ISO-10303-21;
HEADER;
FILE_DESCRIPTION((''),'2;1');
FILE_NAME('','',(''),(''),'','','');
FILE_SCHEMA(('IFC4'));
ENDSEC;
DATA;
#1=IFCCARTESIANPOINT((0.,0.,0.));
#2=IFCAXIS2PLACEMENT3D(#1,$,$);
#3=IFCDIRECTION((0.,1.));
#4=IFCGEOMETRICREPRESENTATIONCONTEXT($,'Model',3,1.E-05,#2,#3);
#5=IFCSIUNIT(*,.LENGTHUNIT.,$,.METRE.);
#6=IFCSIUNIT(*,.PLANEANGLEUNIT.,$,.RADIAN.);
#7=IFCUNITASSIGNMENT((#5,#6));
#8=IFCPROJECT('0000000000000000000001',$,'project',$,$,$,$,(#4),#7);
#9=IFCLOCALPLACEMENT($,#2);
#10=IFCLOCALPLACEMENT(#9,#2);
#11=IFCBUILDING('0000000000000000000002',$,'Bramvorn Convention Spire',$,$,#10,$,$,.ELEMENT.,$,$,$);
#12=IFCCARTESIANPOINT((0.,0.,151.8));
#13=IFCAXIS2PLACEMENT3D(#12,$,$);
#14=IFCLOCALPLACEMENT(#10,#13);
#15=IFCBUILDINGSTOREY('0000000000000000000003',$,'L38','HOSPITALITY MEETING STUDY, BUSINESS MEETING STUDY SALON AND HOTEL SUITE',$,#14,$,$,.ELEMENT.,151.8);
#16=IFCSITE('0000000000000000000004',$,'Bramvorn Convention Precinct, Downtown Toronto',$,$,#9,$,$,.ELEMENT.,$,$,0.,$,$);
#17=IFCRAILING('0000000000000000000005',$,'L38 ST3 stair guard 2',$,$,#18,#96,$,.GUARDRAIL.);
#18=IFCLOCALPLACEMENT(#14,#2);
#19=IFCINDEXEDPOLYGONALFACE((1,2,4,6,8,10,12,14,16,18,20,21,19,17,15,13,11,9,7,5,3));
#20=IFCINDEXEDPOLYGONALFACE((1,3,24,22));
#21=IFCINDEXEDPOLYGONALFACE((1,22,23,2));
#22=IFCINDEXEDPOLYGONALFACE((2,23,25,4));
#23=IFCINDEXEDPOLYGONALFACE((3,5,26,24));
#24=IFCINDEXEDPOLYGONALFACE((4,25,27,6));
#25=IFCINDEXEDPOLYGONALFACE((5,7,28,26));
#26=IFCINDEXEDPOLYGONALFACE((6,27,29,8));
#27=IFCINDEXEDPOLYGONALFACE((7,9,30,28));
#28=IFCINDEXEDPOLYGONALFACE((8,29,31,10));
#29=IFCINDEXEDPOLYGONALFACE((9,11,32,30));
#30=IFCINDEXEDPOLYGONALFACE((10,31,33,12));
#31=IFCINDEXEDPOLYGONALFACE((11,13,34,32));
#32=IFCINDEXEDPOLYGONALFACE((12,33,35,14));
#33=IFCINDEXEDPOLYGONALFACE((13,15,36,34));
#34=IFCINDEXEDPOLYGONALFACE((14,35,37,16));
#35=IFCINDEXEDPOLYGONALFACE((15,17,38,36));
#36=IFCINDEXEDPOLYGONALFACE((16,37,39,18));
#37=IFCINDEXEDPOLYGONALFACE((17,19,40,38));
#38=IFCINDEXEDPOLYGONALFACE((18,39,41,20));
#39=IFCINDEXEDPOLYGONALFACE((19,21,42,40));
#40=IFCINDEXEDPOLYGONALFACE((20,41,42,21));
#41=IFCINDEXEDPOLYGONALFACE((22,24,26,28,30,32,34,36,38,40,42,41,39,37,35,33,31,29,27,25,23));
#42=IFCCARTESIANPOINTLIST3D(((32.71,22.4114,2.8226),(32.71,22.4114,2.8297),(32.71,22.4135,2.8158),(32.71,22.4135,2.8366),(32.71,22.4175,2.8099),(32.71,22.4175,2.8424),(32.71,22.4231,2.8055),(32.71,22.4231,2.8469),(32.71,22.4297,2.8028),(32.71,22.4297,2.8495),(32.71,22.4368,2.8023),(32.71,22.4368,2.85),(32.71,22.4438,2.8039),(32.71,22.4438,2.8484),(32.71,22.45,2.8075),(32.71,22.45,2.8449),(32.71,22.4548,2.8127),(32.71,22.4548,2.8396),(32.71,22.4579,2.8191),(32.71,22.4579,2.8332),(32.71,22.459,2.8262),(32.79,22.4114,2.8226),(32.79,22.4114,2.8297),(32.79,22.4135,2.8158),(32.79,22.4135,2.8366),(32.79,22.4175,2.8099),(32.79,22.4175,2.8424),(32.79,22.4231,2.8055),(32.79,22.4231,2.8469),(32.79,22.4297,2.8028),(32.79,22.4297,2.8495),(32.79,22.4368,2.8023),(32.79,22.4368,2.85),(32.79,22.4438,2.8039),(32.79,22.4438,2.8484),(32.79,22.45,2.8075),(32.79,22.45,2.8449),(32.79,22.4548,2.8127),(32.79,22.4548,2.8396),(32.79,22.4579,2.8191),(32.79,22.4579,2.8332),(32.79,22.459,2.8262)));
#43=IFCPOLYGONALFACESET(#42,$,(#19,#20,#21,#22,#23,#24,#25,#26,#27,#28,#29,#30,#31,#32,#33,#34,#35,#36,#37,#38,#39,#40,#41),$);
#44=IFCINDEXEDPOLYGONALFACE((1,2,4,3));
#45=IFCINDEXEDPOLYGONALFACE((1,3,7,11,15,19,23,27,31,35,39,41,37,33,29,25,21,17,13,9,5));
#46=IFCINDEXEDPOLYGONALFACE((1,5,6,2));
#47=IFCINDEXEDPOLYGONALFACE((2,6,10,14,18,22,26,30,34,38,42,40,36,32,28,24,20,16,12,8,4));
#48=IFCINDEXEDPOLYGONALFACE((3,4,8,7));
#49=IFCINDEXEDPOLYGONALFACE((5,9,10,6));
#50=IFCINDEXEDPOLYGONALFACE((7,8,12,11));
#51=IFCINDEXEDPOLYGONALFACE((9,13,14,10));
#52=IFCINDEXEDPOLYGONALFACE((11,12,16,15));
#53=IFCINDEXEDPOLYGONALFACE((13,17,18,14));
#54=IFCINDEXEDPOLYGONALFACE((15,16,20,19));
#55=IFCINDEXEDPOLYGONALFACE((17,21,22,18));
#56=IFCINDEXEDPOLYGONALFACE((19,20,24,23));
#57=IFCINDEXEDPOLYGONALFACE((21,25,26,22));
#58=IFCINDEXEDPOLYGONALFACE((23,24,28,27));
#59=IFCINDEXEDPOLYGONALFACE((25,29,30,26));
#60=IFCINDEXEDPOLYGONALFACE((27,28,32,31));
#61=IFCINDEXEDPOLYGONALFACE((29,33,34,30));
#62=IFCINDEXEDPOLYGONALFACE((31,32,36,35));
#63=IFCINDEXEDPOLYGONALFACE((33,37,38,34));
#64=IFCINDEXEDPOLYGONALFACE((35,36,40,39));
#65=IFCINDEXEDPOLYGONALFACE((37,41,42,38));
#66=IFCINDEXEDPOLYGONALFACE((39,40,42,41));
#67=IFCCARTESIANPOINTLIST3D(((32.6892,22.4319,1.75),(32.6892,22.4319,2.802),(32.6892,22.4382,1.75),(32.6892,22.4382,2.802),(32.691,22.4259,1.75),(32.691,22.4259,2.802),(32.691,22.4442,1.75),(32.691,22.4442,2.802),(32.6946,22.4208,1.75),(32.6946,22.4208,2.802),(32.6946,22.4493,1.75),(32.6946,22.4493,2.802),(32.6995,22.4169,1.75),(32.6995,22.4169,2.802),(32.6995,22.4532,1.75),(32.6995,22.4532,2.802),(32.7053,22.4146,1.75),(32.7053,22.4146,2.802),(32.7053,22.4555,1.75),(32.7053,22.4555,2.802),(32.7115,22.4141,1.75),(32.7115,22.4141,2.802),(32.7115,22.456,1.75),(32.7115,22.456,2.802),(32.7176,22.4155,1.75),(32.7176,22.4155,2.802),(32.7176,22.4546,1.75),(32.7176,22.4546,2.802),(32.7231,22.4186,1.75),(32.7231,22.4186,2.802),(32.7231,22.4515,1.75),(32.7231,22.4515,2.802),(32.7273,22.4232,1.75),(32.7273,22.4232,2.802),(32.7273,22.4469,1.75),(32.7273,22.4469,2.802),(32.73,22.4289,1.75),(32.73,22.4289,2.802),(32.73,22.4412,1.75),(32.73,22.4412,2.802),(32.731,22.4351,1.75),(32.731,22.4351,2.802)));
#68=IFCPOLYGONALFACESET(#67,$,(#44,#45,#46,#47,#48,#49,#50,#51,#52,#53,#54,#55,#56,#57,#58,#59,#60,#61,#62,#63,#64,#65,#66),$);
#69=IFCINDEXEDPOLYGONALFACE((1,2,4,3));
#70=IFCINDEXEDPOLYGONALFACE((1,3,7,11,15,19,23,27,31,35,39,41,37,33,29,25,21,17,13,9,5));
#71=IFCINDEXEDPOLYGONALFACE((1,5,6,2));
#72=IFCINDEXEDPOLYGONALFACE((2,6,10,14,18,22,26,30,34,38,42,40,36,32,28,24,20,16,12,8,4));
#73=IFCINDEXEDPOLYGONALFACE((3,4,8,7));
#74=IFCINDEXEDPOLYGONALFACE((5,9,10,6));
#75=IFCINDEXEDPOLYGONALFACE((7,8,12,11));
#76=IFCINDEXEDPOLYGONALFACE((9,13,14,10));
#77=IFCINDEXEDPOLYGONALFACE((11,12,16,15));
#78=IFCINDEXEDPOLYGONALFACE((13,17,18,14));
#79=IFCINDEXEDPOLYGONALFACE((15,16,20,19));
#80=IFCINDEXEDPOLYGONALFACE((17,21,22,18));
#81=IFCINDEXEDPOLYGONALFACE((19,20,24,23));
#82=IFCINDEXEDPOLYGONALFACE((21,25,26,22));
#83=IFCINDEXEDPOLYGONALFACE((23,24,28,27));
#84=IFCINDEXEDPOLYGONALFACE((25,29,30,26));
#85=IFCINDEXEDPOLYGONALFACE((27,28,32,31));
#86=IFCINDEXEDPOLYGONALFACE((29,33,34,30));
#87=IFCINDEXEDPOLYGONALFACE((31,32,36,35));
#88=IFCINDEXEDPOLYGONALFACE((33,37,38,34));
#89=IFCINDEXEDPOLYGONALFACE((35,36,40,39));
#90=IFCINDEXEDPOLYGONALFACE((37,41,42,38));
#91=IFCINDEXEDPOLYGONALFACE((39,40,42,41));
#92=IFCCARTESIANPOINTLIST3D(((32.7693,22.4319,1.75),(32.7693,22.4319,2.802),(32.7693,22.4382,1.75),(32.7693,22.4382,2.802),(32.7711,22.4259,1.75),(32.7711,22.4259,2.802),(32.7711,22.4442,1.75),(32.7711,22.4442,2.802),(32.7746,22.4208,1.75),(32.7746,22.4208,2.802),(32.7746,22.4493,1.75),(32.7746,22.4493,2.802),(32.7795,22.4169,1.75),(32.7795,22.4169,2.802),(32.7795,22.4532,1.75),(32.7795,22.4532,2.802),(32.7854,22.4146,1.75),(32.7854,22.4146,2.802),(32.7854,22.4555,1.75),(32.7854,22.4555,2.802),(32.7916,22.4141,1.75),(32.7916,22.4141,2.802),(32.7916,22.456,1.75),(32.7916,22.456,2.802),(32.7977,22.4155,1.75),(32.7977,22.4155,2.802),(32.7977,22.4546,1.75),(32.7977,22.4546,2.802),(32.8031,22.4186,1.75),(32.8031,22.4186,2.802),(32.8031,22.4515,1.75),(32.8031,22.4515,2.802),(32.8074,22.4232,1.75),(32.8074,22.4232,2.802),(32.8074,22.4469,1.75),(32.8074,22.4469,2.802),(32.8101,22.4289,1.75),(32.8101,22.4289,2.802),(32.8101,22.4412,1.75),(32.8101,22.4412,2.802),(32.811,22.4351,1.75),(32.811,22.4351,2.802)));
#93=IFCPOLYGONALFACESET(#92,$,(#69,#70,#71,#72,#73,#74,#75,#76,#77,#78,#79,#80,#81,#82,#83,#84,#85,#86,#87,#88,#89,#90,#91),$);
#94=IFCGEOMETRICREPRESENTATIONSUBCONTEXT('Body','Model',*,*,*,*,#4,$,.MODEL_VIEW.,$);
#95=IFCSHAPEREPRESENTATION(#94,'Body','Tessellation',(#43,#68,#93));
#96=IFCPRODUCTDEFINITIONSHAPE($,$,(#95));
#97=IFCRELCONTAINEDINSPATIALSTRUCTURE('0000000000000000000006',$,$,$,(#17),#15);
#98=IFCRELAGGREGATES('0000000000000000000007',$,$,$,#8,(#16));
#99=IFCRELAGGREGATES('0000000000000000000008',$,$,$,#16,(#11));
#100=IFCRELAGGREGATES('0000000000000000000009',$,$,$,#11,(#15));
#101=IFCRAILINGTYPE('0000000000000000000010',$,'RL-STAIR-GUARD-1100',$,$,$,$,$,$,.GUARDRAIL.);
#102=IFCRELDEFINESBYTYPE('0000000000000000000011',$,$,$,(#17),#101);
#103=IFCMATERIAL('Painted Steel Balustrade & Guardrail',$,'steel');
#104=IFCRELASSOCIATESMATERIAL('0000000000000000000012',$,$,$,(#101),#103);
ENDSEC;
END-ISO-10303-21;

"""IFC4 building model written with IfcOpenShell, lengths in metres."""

from ifc_helpers import new_model, si_unit, direction, frame, origin, origin_2d, place, context, subcontext, project, spatial, circle, extrude, material, type_object, element, save


model = new_model("IFC4")

# Units and contexts
model_context = context("Model", 3, precision=1e-05, world=origin(), true_north=direction((0.0, 1.0)))
body_context = subcontext(model_context, "Body", "Model", "MODEL_VIEW")
ifc_project = project(units=[si_unit("LENGTHUNIT", "METRE"), si_unit("PLANEANGLEUNIT", "RADIAN")], contexts=[model_context])

# Site, building, storey
site_placement = place(None, origin())
site = spatial("IfcSite", under=ifc_project, at=site_placement, Name="Bramvorn Convention Precinct, Downtown Toronto", CompositionType="ELEMENT", RefElevation=0.0)
building_placement = place(site_placement, origin())
building = spatial("IfcBuilding", under=site, at=building_placement, Name="Bramvorn Convention Spire", CompositionType="ELEMENT")
storey_placement = place(building_placement, frame((0.0, 0.0, 151.8)))
storey = spatial("IfcBuildingStorey", under=building, at=storey_placement, Name="L38", Description="HOSPITALITY MEETING STUDY, BUSINESS MEETING STUDY SALON AND HOTEL SUITE", CompositionType="ELEMENT", Elevation=151.8)

# Railing
ifc_material_1 = material(Name="Painted Steel Balustrade & Guardrail", Category="steel")
railing_type_1 = type_object("IfcRailingType", Name="RL-STAIR-GUARD-1100", PredefinedType="GUARDRAIL", material=ifc_material_1)
railing_1_placement = place(storey_placement, frame((32.71, 22.4351, 1.75)))
element("IfcRailing", 1, at=railing_1_placement, inside=storey, type_object=railing_type_1, Name="L38 ST3 stair guard 2", PredefinedType="GUARDRAIL", context=body_context, shape_type="SweptSolid", body=[
    extrude(circle(Radius=0.0239, at=origin_2d()), frame((0.0, 0.0, 1.0762), z_axis=(1.0, 0.0, 0.0), x_axis=(0.0, 1.0, 0.0)), (0.0, 0.0, 1.0), 0.0801),
    extrude(circle(Radius=0.021, at=origin_2d()), origin(), (0.0, 0.0, 1.0), 1.052),
    extrude(circle(Radius=0.021, at=origin_2d()), frame((0.0801, 0.0, 0.0)), (0.0, 0.0, 1.0), 1.052),
])

save(model, "model.ifc")
